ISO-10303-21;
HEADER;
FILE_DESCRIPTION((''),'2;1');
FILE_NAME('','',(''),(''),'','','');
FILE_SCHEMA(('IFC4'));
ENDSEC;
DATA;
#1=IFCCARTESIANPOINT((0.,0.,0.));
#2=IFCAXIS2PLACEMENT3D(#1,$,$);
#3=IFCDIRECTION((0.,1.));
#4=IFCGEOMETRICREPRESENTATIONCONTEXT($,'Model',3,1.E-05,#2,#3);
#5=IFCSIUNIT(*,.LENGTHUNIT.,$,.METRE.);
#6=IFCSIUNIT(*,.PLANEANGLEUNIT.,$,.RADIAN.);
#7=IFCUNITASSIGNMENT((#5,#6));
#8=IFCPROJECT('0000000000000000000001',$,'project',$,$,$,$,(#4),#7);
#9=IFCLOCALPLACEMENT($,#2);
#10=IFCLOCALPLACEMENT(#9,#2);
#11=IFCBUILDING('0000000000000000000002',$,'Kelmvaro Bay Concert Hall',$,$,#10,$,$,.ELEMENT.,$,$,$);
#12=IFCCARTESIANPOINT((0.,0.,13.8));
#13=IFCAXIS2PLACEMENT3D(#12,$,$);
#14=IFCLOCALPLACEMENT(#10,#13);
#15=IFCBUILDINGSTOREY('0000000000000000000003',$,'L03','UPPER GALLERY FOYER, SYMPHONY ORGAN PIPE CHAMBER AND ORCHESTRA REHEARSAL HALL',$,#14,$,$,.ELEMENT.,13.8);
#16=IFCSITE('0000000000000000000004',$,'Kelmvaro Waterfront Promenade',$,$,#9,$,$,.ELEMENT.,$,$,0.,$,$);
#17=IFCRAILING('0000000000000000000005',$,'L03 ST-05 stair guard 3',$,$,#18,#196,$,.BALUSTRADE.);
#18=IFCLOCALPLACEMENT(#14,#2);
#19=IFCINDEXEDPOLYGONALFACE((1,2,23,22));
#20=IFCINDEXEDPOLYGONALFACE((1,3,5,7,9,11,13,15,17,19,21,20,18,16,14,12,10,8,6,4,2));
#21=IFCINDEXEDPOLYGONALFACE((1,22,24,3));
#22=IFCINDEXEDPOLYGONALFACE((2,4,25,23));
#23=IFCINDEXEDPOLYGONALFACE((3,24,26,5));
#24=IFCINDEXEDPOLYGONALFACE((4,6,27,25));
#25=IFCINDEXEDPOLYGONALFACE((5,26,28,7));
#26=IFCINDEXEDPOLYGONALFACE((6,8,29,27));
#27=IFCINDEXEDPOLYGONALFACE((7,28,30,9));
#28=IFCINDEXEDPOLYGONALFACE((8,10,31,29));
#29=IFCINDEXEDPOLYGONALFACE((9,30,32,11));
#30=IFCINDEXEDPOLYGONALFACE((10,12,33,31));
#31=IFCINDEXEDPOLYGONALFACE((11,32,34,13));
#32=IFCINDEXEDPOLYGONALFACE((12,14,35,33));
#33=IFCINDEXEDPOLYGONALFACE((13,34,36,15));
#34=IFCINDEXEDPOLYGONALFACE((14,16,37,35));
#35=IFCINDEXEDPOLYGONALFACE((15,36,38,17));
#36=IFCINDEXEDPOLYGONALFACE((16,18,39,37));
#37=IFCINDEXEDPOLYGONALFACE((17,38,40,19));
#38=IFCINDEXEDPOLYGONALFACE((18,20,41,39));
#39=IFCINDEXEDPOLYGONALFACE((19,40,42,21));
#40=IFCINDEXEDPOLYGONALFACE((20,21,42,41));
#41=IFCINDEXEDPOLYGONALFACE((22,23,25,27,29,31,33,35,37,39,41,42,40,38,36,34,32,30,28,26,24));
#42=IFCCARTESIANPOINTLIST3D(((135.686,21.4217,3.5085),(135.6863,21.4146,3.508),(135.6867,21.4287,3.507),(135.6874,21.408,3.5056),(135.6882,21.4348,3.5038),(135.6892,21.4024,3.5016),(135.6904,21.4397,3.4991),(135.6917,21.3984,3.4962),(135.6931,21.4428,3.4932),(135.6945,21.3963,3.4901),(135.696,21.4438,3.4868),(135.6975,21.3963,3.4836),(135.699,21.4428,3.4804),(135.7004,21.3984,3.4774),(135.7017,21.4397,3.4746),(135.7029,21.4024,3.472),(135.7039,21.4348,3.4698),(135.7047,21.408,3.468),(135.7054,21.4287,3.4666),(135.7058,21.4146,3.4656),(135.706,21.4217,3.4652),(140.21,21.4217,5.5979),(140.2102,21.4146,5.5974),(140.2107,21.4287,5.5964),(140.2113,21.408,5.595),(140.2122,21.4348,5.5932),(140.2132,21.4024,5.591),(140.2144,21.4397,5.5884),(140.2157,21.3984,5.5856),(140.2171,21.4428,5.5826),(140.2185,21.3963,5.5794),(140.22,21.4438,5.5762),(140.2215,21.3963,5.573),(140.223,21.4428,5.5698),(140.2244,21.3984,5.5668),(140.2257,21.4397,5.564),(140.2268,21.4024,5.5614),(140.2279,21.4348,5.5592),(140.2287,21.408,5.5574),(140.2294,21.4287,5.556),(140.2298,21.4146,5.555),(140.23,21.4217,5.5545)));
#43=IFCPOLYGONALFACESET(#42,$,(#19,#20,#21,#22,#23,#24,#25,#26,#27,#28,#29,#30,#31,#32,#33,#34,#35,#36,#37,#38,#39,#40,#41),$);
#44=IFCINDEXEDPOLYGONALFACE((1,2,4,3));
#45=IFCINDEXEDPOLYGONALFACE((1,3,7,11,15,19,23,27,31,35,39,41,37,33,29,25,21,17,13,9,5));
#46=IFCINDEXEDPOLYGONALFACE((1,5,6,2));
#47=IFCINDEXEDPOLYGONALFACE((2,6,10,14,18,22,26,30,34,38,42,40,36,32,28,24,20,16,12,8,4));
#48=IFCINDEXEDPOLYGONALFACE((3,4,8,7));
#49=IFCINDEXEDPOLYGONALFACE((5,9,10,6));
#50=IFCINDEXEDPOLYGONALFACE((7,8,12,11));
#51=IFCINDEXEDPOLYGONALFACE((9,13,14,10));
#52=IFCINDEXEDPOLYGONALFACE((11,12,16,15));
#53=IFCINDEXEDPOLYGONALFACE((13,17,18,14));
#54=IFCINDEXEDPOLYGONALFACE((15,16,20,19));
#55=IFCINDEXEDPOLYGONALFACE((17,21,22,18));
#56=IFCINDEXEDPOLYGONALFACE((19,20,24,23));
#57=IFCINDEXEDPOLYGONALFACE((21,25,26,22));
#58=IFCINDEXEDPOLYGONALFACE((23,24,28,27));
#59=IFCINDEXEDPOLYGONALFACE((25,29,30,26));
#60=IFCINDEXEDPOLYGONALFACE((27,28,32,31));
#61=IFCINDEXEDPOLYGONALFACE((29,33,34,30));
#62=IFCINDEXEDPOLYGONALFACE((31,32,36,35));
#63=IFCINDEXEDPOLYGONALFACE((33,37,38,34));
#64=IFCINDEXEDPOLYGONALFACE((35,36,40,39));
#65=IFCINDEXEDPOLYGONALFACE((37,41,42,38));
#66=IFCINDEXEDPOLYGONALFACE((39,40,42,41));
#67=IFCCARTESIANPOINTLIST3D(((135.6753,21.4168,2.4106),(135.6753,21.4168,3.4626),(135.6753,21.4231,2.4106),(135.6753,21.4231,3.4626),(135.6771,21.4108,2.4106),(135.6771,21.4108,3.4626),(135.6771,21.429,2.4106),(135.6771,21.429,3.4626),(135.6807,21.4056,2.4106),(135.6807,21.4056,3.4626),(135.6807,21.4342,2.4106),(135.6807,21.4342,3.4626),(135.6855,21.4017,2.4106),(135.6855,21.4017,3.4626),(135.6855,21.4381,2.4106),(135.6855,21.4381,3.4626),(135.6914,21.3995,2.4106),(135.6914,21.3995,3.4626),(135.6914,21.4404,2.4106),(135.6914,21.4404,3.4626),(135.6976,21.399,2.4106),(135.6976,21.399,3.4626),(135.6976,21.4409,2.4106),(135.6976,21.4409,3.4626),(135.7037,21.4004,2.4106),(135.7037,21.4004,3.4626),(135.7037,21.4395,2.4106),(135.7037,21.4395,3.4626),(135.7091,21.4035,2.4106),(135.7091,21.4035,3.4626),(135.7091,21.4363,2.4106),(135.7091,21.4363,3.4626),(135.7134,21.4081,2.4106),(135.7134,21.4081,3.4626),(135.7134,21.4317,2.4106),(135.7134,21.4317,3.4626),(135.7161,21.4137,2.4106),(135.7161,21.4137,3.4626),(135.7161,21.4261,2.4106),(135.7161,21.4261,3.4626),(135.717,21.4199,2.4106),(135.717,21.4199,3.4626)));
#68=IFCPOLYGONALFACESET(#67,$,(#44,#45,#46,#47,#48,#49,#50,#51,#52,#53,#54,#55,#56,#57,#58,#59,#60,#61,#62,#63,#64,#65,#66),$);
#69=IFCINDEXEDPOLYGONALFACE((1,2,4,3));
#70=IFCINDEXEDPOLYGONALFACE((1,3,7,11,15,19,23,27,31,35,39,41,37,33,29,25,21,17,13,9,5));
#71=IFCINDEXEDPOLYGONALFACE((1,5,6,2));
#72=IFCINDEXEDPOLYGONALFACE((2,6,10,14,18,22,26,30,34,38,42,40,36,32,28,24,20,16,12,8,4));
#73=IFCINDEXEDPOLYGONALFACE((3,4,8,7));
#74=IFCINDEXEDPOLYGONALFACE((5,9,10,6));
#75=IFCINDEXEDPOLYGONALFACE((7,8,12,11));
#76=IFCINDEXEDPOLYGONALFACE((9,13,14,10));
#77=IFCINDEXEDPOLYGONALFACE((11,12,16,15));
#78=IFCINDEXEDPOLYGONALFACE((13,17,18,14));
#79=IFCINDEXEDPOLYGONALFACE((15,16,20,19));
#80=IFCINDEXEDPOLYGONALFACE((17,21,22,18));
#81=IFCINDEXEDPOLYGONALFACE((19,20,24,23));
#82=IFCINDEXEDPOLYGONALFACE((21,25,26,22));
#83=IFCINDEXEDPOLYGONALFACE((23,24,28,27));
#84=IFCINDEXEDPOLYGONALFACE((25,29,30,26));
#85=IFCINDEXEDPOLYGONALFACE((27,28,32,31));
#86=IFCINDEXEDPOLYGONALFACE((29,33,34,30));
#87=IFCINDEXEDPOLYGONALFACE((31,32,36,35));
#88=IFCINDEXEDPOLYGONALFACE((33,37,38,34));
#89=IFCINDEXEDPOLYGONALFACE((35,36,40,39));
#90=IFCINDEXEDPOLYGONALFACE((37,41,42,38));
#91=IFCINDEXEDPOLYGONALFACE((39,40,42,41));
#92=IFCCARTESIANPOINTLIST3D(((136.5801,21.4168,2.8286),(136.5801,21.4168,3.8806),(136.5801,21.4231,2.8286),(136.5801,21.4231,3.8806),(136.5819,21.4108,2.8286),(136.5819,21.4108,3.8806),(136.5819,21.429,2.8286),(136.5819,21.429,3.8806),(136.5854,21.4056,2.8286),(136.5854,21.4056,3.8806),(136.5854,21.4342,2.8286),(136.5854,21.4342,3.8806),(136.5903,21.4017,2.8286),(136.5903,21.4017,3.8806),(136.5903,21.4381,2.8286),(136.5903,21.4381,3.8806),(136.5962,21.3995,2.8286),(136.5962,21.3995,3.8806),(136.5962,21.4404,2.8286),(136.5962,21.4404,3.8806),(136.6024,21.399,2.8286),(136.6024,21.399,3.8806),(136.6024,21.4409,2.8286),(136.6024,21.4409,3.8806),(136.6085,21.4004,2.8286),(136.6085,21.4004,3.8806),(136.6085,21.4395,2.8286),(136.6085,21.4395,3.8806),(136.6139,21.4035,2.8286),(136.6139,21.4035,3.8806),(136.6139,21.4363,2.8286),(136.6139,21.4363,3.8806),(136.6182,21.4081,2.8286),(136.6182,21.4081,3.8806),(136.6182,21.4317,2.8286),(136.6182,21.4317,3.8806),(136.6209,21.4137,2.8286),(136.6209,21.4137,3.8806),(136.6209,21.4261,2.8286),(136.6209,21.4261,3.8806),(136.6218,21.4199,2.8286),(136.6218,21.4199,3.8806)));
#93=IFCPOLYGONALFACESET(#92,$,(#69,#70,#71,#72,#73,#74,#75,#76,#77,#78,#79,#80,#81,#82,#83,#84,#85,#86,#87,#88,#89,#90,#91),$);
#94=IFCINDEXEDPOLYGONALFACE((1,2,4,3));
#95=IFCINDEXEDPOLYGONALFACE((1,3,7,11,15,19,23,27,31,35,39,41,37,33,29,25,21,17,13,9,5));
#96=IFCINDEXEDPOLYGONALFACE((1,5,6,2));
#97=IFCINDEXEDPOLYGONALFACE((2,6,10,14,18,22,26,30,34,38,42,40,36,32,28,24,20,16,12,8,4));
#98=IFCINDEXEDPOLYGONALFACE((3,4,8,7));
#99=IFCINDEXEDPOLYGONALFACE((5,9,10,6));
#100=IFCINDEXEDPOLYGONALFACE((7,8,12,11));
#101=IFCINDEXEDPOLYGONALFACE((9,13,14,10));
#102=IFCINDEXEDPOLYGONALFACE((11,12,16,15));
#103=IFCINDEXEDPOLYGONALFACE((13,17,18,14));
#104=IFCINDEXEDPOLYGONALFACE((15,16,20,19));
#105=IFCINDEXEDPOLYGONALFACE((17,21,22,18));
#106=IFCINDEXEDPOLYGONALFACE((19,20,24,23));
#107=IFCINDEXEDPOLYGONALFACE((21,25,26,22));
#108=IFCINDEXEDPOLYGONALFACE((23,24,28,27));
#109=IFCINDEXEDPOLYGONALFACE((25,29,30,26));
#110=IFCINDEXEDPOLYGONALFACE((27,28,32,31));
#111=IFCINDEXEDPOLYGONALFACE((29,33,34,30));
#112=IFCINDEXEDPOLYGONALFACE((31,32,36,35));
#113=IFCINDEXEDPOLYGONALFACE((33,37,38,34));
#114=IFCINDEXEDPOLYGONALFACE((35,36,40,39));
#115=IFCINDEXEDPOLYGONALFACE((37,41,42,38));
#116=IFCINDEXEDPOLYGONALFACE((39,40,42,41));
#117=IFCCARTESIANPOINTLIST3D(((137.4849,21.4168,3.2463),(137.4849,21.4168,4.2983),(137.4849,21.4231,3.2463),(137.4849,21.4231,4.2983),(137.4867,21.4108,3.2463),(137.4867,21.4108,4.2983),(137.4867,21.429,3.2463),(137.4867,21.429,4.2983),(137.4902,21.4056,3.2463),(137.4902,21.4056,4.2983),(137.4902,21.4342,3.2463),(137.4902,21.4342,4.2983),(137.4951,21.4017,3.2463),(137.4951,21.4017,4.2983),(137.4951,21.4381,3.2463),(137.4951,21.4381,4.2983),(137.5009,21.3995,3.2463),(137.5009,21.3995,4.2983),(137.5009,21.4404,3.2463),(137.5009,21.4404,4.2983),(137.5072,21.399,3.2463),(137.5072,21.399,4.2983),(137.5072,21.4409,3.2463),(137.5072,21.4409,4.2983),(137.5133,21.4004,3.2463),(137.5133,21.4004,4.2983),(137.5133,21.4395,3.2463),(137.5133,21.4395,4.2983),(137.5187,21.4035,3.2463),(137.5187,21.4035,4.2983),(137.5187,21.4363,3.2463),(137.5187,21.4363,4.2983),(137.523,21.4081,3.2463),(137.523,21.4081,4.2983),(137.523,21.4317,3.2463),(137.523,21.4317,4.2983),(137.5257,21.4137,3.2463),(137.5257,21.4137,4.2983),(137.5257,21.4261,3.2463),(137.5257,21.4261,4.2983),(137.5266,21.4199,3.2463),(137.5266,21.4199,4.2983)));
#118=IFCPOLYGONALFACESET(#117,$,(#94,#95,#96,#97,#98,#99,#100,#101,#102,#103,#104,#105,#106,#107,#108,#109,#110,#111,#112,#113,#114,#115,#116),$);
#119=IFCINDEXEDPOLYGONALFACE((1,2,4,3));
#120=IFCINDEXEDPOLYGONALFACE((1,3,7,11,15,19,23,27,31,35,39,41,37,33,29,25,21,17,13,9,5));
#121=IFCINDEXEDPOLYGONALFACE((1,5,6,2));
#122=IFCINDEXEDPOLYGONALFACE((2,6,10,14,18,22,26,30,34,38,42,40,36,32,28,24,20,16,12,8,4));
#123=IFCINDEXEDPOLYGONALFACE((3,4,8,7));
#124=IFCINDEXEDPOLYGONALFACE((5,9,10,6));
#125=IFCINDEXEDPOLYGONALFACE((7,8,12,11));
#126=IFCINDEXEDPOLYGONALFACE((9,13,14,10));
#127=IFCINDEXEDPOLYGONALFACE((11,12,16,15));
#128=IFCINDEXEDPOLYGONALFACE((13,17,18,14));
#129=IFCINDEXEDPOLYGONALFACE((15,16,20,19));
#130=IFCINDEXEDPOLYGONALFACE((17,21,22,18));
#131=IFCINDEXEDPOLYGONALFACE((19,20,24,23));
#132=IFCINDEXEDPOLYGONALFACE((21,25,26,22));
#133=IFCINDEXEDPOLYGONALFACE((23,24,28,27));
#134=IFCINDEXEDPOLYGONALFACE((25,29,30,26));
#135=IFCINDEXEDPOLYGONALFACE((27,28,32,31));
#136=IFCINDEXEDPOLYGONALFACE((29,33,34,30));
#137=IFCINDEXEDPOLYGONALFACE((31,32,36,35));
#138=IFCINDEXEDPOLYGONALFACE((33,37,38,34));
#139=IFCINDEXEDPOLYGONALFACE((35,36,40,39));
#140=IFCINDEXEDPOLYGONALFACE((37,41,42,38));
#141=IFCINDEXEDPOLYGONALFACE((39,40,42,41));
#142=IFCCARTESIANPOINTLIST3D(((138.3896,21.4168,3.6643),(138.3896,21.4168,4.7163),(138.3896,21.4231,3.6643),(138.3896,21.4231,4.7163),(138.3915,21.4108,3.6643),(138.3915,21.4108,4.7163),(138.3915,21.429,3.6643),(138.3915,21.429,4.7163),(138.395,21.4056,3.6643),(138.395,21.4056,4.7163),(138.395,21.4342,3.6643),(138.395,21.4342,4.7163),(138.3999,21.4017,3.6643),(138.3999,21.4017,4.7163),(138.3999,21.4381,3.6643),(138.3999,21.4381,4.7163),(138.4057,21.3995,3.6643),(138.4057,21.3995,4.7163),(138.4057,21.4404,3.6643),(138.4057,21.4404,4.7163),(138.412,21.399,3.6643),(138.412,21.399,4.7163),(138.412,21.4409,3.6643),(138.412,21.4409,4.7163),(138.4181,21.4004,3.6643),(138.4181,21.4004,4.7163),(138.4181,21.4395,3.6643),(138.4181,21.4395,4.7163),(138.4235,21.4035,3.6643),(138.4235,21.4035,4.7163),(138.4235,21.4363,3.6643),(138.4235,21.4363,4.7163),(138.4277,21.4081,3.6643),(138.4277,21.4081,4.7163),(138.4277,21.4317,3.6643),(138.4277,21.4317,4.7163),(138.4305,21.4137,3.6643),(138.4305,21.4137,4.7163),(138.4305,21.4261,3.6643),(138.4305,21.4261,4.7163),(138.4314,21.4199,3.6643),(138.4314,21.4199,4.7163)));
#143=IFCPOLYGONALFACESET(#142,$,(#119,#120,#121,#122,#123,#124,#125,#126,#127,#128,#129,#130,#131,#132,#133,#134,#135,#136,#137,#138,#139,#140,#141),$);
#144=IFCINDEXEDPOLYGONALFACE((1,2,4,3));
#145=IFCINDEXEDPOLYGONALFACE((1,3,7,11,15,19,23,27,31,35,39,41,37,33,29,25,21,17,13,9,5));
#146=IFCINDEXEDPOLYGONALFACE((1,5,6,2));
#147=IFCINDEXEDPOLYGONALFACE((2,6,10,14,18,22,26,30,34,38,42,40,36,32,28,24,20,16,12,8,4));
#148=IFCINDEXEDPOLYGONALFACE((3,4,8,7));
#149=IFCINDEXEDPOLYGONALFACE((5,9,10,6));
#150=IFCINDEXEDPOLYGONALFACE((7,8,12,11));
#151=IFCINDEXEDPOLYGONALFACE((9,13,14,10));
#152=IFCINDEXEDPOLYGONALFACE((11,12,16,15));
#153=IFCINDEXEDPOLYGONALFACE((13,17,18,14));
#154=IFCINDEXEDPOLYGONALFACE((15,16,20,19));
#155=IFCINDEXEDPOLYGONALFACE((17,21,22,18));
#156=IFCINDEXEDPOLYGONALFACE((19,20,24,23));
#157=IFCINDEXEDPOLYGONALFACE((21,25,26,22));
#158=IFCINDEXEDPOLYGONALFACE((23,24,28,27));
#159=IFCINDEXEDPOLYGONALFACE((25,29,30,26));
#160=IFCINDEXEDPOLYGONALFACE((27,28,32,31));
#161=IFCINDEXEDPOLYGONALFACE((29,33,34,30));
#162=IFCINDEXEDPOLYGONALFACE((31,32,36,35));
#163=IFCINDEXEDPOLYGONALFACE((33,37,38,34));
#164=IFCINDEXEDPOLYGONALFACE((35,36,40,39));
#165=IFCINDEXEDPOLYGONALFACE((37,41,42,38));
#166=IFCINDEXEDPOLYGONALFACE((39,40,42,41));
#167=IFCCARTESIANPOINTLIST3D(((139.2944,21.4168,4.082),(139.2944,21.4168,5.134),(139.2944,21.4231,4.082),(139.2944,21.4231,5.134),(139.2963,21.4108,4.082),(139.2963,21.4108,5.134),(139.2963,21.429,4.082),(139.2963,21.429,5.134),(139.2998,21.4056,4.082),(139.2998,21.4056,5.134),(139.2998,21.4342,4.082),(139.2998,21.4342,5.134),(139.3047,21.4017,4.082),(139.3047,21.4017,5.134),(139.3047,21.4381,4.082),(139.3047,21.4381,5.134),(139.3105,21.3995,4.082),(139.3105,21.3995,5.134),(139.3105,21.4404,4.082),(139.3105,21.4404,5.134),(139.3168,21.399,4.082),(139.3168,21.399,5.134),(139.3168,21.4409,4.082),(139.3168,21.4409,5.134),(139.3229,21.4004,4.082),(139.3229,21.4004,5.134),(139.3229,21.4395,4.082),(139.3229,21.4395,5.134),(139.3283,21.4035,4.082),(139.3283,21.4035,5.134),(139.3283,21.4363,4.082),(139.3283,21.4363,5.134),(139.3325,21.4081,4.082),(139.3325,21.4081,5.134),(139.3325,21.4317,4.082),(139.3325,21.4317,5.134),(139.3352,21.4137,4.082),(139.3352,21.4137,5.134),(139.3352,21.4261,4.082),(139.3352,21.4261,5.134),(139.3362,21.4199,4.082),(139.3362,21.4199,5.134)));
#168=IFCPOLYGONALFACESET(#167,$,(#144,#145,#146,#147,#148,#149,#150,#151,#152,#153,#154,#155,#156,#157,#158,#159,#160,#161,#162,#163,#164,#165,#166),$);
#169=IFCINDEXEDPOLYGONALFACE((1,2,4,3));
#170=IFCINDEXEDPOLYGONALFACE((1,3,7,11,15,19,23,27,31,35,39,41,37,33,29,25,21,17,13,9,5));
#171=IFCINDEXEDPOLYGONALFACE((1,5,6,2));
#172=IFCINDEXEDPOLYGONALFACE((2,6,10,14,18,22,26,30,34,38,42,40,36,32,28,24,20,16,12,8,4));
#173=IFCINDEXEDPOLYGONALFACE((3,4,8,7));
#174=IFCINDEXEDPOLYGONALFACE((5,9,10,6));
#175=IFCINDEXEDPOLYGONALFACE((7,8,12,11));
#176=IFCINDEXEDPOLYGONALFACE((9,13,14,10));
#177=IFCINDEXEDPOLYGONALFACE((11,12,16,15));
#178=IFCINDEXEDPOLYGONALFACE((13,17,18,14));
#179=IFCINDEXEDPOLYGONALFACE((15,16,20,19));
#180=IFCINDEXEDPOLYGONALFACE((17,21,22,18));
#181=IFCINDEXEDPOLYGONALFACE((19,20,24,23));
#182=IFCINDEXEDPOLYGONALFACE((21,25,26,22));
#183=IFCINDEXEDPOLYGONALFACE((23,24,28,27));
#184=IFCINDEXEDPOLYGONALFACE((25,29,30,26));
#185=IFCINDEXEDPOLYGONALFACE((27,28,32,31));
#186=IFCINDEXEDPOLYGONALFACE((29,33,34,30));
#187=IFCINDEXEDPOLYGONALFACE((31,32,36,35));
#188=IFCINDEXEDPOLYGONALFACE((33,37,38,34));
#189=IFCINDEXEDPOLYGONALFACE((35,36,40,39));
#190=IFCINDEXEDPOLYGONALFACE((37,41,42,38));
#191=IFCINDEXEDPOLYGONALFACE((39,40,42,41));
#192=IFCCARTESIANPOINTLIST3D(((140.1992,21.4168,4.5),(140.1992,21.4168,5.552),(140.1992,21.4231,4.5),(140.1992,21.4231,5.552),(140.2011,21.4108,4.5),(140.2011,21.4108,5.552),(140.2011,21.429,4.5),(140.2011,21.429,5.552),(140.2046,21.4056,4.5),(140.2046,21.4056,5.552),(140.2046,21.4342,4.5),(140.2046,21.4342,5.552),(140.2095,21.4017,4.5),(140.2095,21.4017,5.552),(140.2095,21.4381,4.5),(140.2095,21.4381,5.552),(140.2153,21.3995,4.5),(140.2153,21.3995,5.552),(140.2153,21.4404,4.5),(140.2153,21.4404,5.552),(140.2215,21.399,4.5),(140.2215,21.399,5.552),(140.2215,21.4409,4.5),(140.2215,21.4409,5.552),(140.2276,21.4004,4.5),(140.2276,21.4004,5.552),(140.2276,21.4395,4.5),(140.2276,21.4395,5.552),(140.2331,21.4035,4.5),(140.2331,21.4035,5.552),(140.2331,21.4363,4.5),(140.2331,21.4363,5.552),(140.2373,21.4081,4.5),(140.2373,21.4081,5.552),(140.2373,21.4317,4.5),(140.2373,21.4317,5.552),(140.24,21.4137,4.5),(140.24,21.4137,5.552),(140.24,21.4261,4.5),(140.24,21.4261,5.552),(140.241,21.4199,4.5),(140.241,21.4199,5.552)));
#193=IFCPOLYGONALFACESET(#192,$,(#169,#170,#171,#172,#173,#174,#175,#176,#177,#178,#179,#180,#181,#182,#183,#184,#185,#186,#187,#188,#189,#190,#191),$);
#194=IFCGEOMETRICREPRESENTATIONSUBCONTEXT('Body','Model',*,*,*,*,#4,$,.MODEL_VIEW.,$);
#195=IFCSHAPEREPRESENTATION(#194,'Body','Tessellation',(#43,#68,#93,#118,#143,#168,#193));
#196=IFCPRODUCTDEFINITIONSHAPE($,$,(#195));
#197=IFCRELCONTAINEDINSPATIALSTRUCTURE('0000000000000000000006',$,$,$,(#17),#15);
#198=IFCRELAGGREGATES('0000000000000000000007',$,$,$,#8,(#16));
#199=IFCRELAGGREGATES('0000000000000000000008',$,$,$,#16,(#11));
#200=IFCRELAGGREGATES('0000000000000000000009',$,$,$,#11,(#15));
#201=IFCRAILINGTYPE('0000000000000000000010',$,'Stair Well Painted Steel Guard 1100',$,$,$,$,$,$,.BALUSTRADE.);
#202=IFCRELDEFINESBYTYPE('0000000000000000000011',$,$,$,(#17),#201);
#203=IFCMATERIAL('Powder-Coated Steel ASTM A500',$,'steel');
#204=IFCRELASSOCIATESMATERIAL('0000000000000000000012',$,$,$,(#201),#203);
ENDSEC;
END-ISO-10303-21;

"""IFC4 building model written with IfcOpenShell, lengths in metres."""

from ifc_helpers import new_model, si_unit, direction, frame, origin, origin_2d, place, context, subcontext, project, spatial, circle, extrude, material, type_object, element, save


model = new_model("IFC4")

# Units and contexts
model_context = context("Model", 3, precision=1e-05, world=origin(), true_north=direction((0.0, 1.0)))
body_context = subcontext(model_context, "Body", "Model", "MODEL_VIEW")
ifc_project = project(units=[si_unit("LENGTHUNIT", "METRE"), si_unit("PLANEANGLEUNIT", "RADIAN")], contexts=[model_context])

# Site, building, storey
site_placement = place(None, origin())
site = spatial("IfcSite", under=ifc_project, at=site_placement, Name="Kelmvaro Waterfront Promenade", CompositionType="ELEMENT", RefElevation=0.0)
building_placement = place(site_placement, origin())
building = spatial("IfcBuilding", under=site, at=building_placement, Name="Kelmvaro Bay Concert Hall", CompositionType="ELEMENT")
storey_placement = place(building_placement, frame((0.0, 0.0, 13.8)))
storey = spatial("IfcBuildingStorey", under=building, at=storey_placement, Name="L03", Description="UPPER GALLERY FOYER, SYMPHONY ORGAN PIPE CHAMBER AND ORCHESTRA REHEARSAL HALL", CompositionType="ELEMENT", Elevation=13.8)

# Railing
ifc_material_1 = material(Name="Powder-Coated Steel ASTM A500", Category="steel")
railing_type_1 = type_object("IfcRailingType", Name="Stair Well Painted Steel Guard 1100", PredefinedType="BALUSTRADE", material=ifc_material_1)
railing_1_placement = place(storey_placement, frame((135.696, 21.4199, 2.4106)))
element("IfcRailing", 1, at=railing_1_placement, inside=storey, type_object=railing_type_1, Name="L03 ST-05 stair guard 3", PredefinedType="BALUSTRADE", context=body_context, shape_type="SweptSolid", body=[
    extrude(circle(Radius=0.0239, at=origin_2d()), frame((0.0, 0.0, 1.0762), z_axis=(0.907853, 0.0, 0.419288), x_axis=(0.0, 1.0, 0.0)), (0.0, 0.0, 1.0), 4.9832),
    extrude(circle(Radius=0.021, at=origin_2d()), origin(), (0.0, 0.0, 1.0), 1.052),
    extrude(circle(Radius=0.021, at=origin_2d()), frame((0.9048, 0.0, 0.418)), (0.0, 0.0, 1.0), 1.052),
    extrude(circle(Radius=0.021, at=origin_2d()), frame((1.8096, 0.0, 0.8357)), (0.0, 0.0, 1.0), 1.052),
    extrude(circle(Radius=0.021, at=origin_2d()), frame((2.7144, 0.0, 1.2537)), (0.0, 0.0, 1.0), 1.052),
    extrude(circle(Radius=0.021, at=origin_2d()), frame((3.6191, 0.0, 1.6714)), (0.0, 0.0, 1.0), 1.052),
    extrude(circle(Radius=0.021, at=origin_2d()), frame((4.5239, 0.0, 2.0894)), (0.0, 0.0, 1.0), 1.052),
])

save(model, "model.ifc")
